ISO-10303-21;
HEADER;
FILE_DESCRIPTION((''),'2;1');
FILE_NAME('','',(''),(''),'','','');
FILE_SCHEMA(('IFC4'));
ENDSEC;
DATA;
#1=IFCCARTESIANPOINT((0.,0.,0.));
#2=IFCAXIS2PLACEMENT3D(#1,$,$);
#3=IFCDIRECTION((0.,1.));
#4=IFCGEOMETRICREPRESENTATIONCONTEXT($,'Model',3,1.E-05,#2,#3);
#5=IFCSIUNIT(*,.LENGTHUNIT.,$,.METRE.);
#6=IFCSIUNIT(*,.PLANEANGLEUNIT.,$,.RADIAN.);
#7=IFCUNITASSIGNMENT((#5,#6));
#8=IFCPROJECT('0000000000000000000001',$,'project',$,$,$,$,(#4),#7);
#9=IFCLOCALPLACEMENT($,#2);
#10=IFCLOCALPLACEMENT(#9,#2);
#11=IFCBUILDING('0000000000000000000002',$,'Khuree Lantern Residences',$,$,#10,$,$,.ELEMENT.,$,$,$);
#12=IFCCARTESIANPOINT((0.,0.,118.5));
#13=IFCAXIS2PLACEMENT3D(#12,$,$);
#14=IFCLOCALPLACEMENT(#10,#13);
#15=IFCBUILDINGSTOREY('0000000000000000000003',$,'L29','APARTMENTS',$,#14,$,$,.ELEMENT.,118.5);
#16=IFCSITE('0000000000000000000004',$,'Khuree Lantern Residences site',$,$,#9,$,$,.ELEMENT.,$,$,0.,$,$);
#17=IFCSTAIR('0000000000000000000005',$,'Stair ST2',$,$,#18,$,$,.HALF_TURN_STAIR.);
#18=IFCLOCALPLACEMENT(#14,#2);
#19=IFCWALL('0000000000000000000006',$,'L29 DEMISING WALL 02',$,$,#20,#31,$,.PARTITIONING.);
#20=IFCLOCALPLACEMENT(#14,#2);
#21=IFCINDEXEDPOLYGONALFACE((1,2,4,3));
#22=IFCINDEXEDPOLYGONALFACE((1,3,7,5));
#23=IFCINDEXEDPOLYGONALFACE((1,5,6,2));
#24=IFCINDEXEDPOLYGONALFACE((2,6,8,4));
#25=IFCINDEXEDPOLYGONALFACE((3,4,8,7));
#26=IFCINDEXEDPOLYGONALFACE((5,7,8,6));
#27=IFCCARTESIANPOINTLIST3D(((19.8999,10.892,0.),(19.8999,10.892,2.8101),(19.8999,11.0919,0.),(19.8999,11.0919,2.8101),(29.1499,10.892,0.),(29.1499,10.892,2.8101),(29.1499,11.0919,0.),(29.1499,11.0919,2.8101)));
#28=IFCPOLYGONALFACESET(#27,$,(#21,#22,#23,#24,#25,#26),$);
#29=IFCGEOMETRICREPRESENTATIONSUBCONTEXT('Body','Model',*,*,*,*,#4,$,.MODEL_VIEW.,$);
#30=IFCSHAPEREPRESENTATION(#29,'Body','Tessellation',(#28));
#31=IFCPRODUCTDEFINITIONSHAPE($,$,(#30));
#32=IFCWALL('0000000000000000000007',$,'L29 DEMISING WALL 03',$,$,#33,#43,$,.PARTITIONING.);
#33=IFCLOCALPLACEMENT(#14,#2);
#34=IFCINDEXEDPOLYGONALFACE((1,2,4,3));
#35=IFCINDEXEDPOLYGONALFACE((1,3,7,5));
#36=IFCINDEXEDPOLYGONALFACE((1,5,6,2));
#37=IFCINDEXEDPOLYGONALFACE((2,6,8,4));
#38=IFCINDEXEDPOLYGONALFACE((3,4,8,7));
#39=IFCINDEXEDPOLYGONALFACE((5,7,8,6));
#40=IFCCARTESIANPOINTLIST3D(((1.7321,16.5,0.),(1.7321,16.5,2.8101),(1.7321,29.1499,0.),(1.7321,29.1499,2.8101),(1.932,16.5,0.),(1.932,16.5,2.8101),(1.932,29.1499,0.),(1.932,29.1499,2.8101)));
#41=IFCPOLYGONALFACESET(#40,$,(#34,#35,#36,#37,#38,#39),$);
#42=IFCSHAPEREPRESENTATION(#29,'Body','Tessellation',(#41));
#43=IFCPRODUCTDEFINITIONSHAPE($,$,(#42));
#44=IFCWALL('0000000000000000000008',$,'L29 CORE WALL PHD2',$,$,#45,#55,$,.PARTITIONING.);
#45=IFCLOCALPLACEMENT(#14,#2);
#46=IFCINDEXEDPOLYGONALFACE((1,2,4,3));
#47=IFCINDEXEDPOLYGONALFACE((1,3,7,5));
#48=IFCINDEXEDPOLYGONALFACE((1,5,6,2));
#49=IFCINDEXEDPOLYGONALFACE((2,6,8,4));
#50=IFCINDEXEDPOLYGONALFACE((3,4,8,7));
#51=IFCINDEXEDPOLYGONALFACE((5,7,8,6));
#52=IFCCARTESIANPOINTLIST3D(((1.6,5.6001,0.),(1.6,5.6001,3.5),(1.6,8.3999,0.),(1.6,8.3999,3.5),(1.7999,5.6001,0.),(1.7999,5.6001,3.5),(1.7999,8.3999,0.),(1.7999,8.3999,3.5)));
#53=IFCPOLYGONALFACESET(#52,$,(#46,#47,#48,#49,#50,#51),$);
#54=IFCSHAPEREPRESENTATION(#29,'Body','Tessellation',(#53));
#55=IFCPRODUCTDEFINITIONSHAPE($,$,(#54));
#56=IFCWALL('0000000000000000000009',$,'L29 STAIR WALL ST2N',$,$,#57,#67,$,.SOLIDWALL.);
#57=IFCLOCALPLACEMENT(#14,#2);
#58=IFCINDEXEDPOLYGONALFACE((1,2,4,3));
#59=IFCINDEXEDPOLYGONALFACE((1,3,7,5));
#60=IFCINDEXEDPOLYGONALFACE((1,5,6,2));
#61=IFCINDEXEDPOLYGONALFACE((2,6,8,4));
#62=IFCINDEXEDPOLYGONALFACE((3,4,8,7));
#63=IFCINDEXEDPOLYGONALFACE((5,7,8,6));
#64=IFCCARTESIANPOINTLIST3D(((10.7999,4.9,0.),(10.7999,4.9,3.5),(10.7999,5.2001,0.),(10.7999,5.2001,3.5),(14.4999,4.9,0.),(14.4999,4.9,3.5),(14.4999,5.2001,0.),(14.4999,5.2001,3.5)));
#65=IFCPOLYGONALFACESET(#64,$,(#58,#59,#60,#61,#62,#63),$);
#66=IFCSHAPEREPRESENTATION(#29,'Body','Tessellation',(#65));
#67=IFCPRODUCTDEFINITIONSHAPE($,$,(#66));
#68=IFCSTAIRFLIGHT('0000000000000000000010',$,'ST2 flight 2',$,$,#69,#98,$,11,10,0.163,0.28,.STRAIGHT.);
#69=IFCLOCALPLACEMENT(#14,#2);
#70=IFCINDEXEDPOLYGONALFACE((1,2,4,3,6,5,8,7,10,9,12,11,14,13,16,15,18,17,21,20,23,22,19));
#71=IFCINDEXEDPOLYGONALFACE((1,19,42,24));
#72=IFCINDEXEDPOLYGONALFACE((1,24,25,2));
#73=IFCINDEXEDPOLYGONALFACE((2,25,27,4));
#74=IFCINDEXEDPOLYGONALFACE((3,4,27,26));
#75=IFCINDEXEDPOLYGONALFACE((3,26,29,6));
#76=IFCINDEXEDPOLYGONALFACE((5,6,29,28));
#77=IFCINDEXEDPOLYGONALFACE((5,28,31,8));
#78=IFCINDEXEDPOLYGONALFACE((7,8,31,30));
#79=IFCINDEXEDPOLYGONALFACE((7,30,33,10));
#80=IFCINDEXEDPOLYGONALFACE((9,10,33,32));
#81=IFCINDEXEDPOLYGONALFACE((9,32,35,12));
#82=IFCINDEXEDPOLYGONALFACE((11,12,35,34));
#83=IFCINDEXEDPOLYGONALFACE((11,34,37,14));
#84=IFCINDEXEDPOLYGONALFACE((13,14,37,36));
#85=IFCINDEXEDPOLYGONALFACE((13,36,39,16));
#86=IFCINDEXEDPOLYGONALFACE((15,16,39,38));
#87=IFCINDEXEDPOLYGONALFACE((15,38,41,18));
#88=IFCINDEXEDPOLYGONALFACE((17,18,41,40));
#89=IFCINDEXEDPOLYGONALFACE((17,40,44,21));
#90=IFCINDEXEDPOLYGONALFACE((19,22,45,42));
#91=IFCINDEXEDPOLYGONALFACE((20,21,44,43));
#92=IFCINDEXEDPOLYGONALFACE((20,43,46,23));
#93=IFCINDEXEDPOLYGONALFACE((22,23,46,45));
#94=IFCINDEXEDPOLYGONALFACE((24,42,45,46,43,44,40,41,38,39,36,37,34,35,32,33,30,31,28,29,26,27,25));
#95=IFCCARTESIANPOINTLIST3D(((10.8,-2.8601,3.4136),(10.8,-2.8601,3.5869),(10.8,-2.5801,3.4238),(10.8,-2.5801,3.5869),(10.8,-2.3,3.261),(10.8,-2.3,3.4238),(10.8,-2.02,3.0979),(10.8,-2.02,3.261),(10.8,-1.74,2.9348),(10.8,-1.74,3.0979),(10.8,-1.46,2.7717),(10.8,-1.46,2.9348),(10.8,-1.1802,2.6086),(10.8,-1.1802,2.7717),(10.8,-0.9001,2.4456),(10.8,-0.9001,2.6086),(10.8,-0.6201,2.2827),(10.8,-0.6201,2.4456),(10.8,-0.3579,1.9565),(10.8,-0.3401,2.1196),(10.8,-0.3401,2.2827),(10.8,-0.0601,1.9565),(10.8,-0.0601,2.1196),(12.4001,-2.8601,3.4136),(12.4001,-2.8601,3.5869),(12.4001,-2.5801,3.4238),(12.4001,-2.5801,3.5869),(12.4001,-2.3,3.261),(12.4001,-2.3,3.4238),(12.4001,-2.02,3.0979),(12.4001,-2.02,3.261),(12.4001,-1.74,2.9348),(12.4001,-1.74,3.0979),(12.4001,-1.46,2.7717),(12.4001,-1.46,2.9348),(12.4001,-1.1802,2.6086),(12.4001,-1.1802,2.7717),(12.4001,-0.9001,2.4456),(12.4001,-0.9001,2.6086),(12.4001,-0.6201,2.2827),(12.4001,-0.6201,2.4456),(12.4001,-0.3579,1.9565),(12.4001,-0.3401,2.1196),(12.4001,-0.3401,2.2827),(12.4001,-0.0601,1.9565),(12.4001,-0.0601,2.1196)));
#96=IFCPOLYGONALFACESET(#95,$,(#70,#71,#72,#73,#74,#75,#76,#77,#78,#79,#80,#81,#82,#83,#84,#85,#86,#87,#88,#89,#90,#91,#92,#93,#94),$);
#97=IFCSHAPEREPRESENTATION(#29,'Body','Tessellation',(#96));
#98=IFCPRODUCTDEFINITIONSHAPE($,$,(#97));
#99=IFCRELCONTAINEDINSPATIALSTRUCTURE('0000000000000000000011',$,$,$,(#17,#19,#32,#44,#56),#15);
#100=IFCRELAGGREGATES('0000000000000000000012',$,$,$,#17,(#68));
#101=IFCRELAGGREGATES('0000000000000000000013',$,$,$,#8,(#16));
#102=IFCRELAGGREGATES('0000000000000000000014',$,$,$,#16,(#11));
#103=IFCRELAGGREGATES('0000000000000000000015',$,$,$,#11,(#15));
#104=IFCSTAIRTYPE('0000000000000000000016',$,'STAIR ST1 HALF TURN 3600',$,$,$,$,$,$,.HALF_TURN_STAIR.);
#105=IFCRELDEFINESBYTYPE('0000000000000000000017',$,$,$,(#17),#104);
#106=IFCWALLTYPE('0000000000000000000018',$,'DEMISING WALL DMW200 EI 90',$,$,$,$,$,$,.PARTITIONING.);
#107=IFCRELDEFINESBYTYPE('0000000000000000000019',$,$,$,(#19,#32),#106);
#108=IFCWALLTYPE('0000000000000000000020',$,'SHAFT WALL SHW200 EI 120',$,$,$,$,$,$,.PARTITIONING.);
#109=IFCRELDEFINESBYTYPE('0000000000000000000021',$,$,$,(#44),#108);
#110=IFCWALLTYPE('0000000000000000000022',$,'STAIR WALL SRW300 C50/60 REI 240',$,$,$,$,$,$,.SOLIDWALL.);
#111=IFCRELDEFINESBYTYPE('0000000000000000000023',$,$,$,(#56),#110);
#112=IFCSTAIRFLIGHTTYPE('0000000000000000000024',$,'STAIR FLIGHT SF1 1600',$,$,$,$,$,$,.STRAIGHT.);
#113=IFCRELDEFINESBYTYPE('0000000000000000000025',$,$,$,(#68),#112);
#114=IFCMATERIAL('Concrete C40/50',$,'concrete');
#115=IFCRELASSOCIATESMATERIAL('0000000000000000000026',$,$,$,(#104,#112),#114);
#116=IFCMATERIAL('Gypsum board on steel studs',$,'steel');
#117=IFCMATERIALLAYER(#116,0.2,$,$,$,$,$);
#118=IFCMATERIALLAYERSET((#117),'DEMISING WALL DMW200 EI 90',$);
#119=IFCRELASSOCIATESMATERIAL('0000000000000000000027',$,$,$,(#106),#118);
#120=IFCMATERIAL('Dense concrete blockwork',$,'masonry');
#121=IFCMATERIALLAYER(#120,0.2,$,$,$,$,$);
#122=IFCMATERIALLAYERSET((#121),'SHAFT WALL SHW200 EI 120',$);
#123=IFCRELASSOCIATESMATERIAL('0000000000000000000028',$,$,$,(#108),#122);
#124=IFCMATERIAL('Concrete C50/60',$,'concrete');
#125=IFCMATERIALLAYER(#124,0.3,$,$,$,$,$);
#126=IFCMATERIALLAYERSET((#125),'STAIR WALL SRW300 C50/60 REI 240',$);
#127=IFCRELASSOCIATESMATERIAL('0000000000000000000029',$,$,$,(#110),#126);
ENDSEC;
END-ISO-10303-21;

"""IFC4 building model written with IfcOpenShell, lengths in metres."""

from ifc_helpers import new_model, si_unit, direction, frame, frame_2d, origin, place, context, subcontext, project, spatial, polyline, rectangle, outline, extrude, material, layer, layer_set, type_object, element, aggregate, save


model = new_model("IFC4")

# Units and contexts
model_context = context("Model", 3, precision=1e-05, world=origin(), true_north=direction((0.0, 1.0)))
body_context = subcontext(model_context, "Body", "Model", "MODEL_VIEW")
ifc_project = project(units=[si_unit("LENGTHUNIT", "METRE"), si_unit("PLANEANGLEUNIT", "RADIAN")], contexts=[model_context])

# Site, building, storey
site_placement = place(None, origin())
site = spatial("IfcSite", under=ifc_project, at=site_placement, Name="Khuree Lantern Residences site", CompositionType="ELEMENT", RefElevation=0.0)
building_placement = place(site_placement, origin())
building = spatial("IfcBuilding", under=site, at=building_placement, Name="Khuree Lantern Residences", CompositionType="ELEMENT")
storey_placement = place(building_placement, frame((0.0, 0.0, 118.5)))
storey = spatial("IfcBuildingStorey", under=building, at=storey_placement, Name="L29", Description="APARTMENTS", CompositionType="ELEMENT", Elevation=118.5)

# Stair
ifc_material_1 = material(Name="Concrete C40/50", Category="concrete")
stair_type = type_object("IfcStairType", Name="STAIR ST1 HALF TURN 3600", PredefinedType="HALF_TURN_STAIR", material=ifc_material_1)
stair_1_placement = place(storey_placement, origin())
stair_1 = element("IfcStair", 1, at=stair_1_placement, inside=storey, type_object=stair_type, Name="Stair ST2", PredefinedType="HALF_TURN_STAIR")

# Shared definitions
ifc_material_2 = material(Name="Dense concrete blockwork", Category="masonry")

# Shared definitions
ifc_material_3 = material(Name="Gypsum board on steel studs", Category="steel")

# Walls
ifc_layer_1 = layer(ifc_material_3, 0.2)
ifc_layer_set_1 = layer_set([ifc_layer_1], Name="DEMISING WALL DMW200 EI 90")
wall_type_1 = type_object("IfcWallType", Name="DEMISING WALL DMW200 EI 90", PredefinedType="PARTITIONING", material=ifc_layer_set_1)
wall_1_placement = place(storey_placement, frame((19.8999, 10.9919, 0.0), z_axis=(0.0, 0.0, 1.0), x_axis=(1.0, 0.0, 0.0)))
element("IfcWall", 2, at=wall_1_placement, inside=storey, type_object=wall_type_1, Name="L29 DEMISING WALL 02", PredefinedType="PARTITIONING", context=body_context, shape_type="SweptSolid", body=[
    extrude(rectangle(XDim=9.25, YDim=0.2, at=frame_2d((4.625, 0.0))), origin(), (0.0, 0.0, 1.0), 2.8101),
])
wall_2_placement = place(storey_placement, frame((1.832, 16.5, 0.0), z_axis=(0.0, 0.0, 1.0), x_axis=(0.0, 1.0, 0.0)))
element("IfcWall", 3, at=wall_2_placement, inside=storey, type_object=wall_type_1, Name="L29 DEMISING WALL 03", PredefinedType="PARTITIONING", context=body_context, shape_type="SweptSolid", body=[
    extrude(rectangle(XDim=12.6499, YDim=0.2, at=frame_2d((6.325, 0.0))), origin(), (0.0, 0.0, 1.0), 2.8101),
])
ifc_layer_2 = layer(ifc_material_2, 0.2)
ifc_layer_set_2 = layer_set([ifc_layer_2], Name="SHAFT WALL SHW200 EI 120")
wall_type_2 = type_object("IfcWallType", Name="SHAFT WALL SHW200 EI 120", PredefinedType="PARTITIONING", material=ifc_layer_set_2)
wall_3_placement = place(storey_placement, frame((1.7, 5.6001, 0.0), z_axis=(0.0, 0.0, 1.0), x_axis=(0.0, 1.0, 0.0)))
element("IfcWall", 4, at=wall_3_placement, inside=storey, type_object=wall_type_2, Name="L29 CORE WALL PHD2", PredefinedType="PARTITIONING", context=body_context, shape_type="SweptSolid", body=[
    extrude(rectangle(XDim=2.7998, YDim=0.2, at=frame_2d((1.3999, 0.0))), origin(), (0.0, 0.0, 1.0), 3.5),
])
ifc_material_4 = material(Name="Concrete C50/60", Category="concrete")
ifc_layer_3 = layer(ifc_material_4, 0.3)
ifc_layer_set_3 = layer_set([ifc_layer_3], Name="STAIR WALL SRW300 C50/60 REI 240")
wall_type_3 = type_object("IfcWallType", Name="STAIR WALL SRW300 C50/60 REI 240", PredefinedType="SOLIDWALL", material=ifc_layer_set_3)
wall_4_placement = place(storey_placement, frame((14.5, 5.05, 0.0), z_axis=(0.0, 0.0, 1.0), x_axis=(-1.0, 0.0, 0.0)))
element("IfcWall", 5, at=wall_4_placement, inside=storey, type_object=wall_type_3, Name="L29 STAIR WALL ST2N", PredefinedType="SOLIDWALL", context=body_context, shape_type="SweptSolid", body=[
    extrude(rectangle(XDim=3.7, YDim=0.3, at=frame_2d((1.8501, 0.0))), origin(), (0.0, 0.0, 1.0), 3.5),
])

# Stair flight
stair_flight_type = type_object("IfcStairFlightType", Name="STAIR FLIGHT SF1 1600", PredefinedType="STRAIGHT", material=ifc_material_1)
stair_flight_placement = place(storey_placement, frame((11.6001, -0.0601, 1.9565), z_axis=(0.0, 0.0, 1.0), x_axis=(0.0, -1.0, 0.0)))
stair_flight = element("IfcStairFlight", 6, at=stair_flight_placement, type_object=stair_flight_type, Name="ST2 flight 2", NumberOfRisers=11, NumberOfTreads=10, PredefinedType="STRAIGHT", RiserHeight=0.163, TreadLength=0.28, context=body_context, shape_type="SweptSolid", body=[
    extrude(outline(polyline([(0.0, 0.0), (0.0, 0.1631), (0.28, 0.1631), (0.28, 0.3262), (0.5601, 0.3262), (0.5601, 0.489), (0.8401, 0.489), (0.8401, 0.6521), (1.1201, 0.6521), (1.1201, 0.8152), (1.3999, 0.8152), (1.3999, 0.9783), (1.6799, 0.9783), (1.6799, 1.1414), (1.96, 1.1414), (1.96, 1.3044), (2.24, 1.3044), (2.24, 1.4673), (2.52, 1.4673), (2.52, 1.6304), (2.8, 1.6304), (2.8, 1.7935), (2.8, 1.457), (0.2979, 0.0), (0.0, 0.0)])), frame((0.0, 0.8, 0.0), z_axis=(0.0, -1.0, 0.0), x_axis=(1.0, 0.0, 0.0)), (0.0, 0.0, 1.0), 1.6001),
])
aggregate(stair_1, [stair_flight])

save(model, "model.ifc")
